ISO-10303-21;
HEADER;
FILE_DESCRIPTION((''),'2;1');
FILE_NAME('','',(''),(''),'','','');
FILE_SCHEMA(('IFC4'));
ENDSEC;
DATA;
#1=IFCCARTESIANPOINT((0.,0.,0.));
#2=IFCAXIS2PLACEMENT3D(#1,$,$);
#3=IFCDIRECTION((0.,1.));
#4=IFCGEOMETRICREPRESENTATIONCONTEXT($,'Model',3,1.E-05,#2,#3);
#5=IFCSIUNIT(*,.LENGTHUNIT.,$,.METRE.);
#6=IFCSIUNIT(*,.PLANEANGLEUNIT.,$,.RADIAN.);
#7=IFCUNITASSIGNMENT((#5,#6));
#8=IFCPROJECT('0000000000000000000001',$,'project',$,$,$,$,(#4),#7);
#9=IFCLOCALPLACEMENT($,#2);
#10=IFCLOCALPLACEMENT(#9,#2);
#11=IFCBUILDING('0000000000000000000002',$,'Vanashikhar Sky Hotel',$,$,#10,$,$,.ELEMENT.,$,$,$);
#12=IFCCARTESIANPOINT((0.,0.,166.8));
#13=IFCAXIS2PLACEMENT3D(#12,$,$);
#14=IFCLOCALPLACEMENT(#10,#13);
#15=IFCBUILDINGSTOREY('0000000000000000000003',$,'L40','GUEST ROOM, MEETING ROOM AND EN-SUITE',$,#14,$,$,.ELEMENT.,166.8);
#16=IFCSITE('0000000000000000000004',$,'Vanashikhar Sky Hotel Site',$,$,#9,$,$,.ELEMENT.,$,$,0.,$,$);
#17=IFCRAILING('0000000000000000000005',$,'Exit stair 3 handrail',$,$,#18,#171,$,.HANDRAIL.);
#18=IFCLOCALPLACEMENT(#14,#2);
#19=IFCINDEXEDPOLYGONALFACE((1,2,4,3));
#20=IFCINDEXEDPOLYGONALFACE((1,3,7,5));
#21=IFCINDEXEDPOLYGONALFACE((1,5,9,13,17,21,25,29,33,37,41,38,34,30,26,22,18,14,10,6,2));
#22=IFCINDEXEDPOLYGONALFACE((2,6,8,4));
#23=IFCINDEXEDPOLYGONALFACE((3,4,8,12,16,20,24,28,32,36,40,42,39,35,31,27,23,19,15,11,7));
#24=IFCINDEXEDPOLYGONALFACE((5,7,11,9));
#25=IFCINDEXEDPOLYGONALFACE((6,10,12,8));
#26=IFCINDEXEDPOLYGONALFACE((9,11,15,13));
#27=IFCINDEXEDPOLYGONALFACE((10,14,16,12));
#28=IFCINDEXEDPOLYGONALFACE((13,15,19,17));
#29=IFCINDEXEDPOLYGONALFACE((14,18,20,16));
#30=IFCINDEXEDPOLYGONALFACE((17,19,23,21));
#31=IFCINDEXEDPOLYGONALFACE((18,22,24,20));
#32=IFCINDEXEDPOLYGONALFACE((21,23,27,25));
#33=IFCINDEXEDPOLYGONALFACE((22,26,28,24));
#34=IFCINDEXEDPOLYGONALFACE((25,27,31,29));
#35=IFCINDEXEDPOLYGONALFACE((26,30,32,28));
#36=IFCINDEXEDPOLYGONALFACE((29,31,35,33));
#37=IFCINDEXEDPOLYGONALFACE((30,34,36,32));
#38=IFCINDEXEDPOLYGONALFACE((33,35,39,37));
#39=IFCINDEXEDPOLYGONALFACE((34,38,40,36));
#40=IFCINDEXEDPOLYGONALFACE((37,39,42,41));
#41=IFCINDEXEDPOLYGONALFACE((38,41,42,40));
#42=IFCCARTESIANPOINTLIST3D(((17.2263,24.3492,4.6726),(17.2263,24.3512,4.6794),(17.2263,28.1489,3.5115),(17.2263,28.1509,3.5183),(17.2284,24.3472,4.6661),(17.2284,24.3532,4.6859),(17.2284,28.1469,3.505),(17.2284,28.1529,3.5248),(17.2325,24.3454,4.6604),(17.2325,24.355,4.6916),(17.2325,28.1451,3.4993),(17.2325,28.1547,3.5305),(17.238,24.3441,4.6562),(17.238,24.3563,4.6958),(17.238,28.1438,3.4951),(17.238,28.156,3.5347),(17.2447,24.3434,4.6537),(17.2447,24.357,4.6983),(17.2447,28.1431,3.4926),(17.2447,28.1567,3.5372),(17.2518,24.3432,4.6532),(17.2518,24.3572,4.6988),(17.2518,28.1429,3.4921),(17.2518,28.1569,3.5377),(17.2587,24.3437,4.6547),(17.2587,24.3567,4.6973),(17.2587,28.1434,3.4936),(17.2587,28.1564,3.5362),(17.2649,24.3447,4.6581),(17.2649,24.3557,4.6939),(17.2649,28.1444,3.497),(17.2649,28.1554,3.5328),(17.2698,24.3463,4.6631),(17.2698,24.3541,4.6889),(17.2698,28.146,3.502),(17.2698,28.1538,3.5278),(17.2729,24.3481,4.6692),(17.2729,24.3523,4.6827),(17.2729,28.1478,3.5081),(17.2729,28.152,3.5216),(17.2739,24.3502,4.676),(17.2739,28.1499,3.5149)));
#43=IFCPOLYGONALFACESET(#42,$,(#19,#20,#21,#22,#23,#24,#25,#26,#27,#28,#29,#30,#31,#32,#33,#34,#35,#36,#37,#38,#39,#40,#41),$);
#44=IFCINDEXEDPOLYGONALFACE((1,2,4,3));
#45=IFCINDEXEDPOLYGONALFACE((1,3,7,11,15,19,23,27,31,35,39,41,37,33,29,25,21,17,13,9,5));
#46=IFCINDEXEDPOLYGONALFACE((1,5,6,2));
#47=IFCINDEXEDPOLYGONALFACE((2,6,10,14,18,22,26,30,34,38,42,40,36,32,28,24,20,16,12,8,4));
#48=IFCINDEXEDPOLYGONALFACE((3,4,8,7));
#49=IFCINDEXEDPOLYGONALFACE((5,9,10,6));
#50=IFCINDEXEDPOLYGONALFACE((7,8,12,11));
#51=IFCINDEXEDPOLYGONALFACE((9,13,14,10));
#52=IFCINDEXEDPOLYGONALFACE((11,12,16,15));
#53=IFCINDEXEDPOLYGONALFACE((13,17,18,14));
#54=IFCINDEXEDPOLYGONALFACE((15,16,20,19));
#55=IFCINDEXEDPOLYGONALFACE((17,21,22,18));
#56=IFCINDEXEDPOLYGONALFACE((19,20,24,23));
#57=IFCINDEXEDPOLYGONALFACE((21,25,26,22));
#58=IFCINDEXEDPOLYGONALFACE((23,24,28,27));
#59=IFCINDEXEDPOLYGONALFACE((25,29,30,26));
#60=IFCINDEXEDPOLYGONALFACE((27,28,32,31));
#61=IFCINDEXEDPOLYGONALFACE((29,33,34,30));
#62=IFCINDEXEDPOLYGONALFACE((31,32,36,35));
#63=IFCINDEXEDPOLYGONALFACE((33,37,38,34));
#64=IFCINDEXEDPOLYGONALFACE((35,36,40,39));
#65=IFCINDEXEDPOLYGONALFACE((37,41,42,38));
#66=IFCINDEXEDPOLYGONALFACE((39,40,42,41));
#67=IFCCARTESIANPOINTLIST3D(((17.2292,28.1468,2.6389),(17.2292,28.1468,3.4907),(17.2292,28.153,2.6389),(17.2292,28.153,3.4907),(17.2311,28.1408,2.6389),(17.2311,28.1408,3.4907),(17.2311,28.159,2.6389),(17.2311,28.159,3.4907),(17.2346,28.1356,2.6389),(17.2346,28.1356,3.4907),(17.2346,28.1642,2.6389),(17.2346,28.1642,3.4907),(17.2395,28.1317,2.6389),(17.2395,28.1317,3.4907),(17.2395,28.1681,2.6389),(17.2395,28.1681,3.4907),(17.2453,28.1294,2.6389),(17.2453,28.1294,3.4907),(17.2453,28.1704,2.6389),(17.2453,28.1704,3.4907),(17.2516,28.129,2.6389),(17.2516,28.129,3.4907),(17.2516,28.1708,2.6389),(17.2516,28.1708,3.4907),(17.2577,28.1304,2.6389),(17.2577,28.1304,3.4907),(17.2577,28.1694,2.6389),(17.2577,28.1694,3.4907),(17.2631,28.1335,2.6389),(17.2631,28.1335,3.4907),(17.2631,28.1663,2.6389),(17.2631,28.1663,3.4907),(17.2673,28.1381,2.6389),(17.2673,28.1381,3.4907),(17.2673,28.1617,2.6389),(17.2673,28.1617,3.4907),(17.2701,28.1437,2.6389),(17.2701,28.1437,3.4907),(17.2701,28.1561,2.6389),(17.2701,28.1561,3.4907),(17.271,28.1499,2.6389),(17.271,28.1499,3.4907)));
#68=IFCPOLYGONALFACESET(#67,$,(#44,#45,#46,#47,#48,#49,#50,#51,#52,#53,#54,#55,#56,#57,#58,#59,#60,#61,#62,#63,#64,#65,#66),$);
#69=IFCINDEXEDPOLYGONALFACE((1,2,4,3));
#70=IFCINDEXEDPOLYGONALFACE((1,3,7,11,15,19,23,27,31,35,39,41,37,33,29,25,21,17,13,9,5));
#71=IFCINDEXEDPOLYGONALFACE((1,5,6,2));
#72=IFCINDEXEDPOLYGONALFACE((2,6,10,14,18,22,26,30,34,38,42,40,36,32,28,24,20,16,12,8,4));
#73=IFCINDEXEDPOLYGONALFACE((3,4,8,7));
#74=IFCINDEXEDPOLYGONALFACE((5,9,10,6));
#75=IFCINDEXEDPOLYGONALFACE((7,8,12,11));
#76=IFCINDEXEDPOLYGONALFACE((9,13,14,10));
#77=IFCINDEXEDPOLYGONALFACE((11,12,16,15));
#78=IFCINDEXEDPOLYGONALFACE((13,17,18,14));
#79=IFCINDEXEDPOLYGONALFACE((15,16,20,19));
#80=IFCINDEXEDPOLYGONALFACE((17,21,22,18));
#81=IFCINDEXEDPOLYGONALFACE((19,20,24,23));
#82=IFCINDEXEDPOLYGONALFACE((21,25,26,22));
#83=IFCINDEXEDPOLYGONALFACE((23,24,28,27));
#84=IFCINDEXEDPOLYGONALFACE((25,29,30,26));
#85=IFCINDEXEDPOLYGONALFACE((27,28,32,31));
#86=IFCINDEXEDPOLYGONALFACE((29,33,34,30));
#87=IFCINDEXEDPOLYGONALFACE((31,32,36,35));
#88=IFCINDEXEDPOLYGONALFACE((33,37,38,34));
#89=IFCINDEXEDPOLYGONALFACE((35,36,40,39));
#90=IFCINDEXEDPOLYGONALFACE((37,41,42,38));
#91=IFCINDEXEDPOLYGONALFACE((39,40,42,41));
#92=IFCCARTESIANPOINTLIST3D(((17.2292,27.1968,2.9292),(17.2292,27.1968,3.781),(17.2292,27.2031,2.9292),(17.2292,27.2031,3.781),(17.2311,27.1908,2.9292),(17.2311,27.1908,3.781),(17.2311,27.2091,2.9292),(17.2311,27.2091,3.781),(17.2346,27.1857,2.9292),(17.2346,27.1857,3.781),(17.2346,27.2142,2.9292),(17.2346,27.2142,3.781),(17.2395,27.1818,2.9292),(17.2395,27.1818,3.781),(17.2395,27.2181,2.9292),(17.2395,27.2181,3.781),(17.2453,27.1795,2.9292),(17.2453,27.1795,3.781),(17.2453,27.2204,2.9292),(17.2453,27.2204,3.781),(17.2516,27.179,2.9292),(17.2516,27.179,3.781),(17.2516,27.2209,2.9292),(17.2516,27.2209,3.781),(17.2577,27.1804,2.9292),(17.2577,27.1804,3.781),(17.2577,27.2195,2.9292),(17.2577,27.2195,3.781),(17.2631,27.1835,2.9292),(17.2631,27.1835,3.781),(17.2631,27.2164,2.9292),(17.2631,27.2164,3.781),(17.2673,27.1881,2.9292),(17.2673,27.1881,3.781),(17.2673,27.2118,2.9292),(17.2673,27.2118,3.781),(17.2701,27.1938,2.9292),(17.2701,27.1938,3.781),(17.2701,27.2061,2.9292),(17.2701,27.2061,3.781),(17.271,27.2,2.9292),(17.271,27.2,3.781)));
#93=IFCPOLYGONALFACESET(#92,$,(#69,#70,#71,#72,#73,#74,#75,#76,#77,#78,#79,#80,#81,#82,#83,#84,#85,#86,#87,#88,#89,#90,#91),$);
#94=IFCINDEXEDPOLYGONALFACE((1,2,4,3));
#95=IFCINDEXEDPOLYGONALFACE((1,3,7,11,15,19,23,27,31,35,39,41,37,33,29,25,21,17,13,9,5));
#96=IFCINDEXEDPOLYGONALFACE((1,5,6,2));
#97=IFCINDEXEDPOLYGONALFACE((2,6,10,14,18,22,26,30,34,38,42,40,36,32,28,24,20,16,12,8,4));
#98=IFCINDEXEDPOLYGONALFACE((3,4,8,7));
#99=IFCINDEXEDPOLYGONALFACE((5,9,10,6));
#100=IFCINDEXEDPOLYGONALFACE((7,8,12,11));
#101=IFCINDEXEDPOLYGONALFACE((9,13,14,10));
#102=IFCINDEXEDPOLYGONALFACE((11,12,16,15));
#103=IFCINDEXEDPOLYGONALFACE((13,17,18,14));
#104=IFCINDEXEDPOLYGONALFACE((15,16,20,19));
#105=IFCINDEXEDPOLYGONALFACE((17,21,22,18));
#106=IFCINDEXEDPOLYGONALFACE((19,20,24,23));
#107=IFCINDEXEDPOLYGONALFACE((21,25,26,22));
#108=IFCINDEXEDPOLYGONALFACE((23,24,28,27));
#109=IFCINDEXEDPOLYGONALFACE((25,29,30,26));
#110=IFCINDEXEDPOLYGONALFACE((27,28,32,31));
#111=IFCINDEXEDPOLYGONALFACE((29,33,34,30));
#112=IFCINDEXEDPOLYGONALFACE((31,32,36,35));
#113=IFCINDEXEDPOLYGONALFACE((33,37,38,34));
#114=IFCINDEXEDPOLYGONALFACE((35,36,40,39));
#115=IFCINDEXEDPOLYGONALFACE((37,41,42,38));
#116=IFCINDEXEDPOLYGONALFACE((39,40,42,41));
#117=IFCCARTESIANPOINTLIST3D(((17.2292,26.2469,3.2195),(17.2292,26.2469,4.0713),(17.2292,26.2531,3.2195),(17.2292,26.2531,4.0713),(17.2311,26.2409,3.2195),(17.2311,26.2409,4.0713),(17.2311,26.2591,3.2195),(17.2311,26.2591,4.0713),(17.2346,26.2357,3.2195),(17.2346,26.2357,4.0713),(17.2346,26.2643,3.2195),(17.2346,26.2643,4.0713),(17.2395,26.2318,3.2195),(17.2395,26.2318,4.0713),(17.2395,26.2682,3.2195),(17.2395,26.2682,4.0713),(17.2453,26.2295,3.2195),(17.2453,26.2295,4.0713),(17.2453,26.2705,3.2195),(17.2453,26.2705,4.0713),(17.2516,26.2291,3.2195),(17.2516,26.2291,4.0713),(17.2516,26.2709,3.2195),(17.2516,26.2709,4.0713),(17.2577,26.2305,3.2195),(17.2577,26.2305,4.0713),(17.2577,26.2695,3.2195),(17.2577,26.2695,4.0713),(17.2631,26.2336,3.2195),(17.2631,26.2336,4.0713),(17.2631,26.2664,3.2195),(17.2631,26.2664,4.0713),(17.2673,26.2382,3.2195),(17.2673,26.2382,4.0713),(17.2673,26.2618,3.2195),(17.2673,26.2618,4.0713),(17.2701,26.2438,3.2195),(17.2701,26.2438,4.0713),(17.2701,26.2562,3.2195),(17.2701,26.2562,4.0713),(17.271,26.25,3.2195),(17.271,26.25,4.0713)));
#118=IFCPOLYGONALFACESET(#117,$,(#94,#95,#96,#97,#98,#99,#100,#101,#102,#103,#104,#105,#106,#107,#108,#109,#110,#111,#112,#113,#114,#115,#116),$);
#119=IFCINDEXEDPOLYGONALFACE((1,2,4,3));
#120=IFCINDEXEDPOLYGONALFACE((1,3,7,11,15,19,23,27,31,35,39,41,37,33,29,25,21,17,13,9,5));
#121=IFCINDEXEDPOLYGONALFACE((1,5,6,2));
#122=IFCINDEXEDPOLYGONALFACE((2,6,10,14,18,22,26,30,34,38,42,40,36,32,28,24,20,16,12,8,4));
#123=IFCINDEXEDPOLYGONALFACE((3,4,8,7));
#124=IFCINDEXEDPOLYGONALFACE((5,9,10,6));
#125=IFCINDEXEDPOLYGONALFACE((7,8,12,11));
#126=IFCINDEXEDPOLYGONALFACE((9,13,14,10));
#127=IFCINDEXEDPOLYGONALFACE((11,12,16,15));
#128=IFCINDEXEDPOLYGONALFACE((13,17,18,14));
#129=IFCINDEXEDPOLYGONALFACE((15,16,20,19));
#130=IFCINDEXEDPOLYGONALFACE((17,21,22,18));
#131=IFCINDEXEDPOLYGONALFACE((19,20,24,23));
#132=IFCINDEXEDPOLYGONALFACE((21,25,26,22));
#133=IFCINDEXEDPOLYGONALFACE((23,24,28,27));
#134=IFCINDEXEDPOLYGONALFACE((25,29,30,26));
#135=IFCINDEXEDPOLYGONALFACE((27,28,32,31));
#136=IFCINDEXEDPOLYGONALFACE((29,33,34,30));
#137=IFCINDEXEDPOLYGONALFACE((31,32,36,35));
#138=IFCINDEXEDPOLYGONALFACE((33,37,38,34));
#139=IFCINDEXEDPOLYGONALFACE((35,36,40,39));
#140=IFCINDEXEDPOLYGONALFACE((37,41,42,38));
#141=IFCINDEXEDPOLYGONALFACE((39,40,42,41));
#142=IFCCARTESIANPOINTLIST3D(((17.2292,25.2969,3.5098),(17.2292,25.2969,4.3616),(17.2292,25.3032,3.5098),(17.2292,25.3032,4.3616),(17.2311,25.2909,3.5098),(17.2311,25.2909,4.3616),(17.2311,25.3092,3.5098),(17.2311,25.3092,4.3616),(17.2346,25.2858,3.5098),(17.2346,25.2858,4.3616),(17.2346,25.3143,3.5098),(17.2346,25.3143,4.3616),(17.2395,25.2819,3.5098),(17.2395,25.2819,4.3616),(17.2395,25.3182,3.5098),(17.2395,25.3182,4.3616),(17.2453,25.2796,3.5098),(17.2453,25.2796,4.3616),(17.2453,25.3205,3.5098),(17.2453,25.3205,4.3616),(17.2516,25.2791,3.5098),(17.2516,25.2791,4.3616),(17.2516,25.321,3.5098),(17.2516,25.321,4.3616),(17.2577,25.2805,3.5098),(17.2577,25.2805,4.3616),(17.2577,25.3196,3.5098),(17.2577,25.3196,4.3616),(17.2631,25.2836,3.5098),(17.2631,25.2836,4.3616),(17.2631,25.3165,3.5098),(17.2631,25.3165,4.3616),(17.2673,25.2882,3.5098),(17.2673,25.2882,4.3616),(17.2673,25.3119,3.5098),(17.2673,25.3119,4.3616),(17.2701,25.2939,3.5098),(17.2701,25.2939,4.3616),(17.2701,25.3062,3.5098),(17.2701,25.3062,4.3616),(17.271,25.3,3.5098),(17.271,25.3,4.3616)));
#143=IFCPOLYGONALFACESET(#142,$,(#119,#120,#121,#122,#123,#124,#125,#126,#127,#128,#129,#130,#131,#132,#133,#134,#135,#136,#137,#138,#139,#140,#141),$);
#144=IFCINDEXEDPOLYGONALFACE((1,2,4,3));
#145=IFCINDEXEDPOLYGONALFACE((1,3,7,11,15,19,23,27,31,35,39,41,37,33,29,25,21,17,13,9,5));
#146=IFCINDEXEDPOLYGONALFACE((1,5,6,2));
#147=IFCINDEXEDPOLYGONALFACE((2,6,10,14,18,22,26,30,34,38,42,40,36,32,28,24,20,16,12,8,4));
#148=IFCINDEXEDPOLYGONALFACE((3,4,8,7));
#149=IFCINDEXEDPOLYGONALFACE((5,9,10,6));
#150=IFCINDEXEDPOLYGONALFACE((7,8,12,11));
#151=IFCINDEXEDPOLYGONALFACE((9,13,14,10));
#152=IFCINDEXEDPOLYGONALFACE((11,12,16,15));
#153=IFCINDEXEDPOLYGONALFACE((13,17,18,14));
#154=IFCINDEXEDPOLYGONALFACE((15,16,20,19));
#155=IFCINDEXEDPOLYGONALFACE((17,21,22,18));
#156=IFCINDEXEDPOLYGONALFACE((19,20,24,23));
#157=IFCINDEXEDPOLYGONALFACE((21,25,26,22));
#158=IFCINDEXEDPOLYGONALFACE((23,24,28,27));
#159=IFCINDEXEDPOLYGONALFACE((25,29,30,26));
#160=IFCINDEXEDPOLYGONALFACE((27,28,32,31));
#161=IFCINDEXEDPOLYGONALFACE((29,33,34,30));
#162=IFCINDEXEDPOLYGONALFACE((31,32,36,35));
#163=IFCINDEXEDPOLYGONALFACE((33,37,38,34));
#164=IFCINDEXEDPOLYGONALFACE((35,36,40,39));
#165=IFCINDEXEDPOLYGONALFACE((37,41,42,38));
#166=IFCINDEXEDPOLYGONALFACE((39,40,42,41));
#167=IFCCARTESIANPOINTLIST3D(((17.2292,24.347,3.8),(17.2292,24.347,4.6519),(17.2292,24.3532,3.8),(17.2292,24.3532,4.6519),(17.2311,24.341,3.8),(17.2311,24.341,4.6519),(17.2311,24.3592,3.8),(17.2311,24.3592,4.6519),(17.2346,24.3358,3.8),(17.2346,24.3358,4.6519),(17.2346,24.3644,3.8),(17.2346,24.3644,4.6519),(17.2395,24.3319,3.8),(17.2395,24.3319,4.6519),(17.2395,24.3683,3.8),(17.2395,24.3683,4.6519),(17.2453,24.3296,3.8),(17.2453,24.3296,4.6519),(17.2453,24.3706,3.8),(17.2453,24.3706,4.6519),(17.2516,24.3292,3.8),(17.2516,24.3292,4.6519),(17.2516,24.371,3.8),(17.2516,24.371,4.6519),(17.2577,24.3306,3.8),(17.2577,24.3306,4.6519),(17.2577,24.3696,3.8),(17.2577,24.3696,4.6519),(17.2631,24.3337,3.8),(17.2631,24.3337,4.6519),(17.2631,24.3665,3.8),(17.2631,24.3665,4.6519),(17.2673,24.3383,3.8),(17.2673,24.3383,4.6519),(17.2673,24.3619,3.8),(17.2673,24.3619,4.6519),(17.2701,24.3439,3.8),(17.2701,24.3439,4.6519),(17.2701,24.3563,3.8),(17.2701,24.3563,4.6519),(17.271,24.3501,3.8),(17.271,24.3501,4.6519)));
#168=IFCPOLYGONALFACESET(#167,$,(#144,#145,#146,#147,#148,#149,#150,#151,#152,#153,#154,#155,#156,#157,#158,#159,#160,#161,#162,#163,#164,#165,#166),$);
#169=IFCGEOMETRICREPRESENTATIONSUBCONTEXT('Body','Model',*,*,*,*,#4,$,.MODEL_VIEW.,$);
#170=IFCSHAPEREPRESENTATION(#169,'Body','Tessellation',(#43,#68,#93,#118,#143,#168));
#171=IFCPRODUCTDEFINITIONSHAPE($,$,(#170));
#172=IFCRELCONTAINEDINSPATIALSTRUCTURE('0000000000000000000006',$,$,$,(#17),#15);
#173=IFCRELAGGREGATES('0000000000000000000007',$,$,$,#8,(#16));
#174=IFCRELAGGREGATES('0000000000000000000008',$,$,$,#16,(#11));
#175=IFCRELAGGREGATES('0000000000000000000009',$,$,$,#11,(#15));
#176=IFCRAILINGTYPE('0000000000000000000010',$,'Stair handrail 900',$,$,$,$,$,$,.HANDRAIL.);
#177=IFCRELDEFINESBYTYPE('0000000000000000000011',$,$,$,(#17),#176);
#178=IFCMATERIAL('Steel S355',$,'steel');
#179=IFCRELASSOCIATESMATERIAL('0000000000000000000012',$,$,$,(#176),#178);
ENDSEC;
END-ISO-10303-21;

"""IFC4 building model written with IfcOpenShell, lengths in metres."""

from ifc_helpers import new_model, si_unit, direction, frame, origin, origin_2d, place, context, subcontext, project, spatial, circle, extrude, source, transform, mapped, material, type_object, element, save


model = new_model("IFC4")

# Units and contexts
model_context = context("Model", 3, precision=1e-05, world=origin(), true_north=direction((0.0, 1.0)))
body_context = subcontext(model_context, "Body", "Model", "MODEL_VIEW")
ifc_project = project(units=[si_unit("LENGTHUNIT", "METRE"), si_unit("PLANEANGLEUNIT", "RADIAN")], contexts=[model_context])

# Site, building, storey
site_placement = place(None, origin())
site = spatial("IfcSite", under=ifc_project, at=site_placement, Name="Vanashikhar Sky Hotel Site", CompositionType="ELEMENT", RefElevation=0.0)
building_placement = place(site_placement, origin())
building = spatial("IfcBuilding", under=site, at=building_placement, Name="Vanashikhar Sky Hotel", CompositionType="ELEMENT")
storey_placement = place(building_placement, frame((0.0, 0.0, 166.8)))
storey = spatial("IfcBuildingStorey", under=building, at=storey_placement, Name="L40", Description="GUEST ROOM, MEETING ROOM AND EN-SUITE", CompositionType="ELEMENT", Elevation=166.8)

# Railing
ifc_material_1 = material(Name="Steel S355", Category="steel")
railing_type_1 = type_object("IfcRailingType", Name="Stair handrail 900", PredefinedType="HANDRAIL", material=ifc_material_1)
shared_shape_1 = source(origin(), body_context, "Body", "SweptSolid", [
    extrude(circle(Radius=0.0239, at=origin_2d()), frame((0.0, 0.0, 0.876), z_axis=(0.0, -0.956346, 0.292237), x_axis=(1.0, 0.0, 0.0)), (0.0, 0.0, 1.0), 3.9731),
    extrude(circle(Radius=0.021, at=origin_2d()), origin(), (0.0, 0.0, 1.0), 0.8518),
    extrude(circle(Radius=0.021, at=origin_2d()), frame((0.0, -0.95, 0.2903)), (0.0, 0.0, 1.0), 0.8518),
    extrude(circle(Radius=0.021, at=origin_2d()), frame((0.0, -1.8999, 0.5806)), (0.0, 0.0, 1.0), 0.8518),
    extrude(circle(Radius=0.021, at=origin_2d()), frame((0.0, -2.8499, 0.8708)), (0.0, 0.0, 1.0), 0.8518),
    extrude(circle(Radius=0.021, at=origin_2d()), frame((0.0, -3.7998, 1.1611)), (0.0, 0.0, 1.0), 0.8518),
])
for number, where, name in (
    (1, (17.25, 28.1499, 2.6389), "Exit stair 3 handrail"),
):
    element("IfcRailing", number, at=place(storey_placement, frame(where)), inside=storey, type_object=railing_type_1, Name=name, PredefinedType="HANDRAIL", context=body_context, shape_type="MappedRepresentation", body=[
        mapped(shared_shape_1, transform((0.0, 0.0, 0.0), scale=1.0)),
    ])

save(model, "model.ifc")
